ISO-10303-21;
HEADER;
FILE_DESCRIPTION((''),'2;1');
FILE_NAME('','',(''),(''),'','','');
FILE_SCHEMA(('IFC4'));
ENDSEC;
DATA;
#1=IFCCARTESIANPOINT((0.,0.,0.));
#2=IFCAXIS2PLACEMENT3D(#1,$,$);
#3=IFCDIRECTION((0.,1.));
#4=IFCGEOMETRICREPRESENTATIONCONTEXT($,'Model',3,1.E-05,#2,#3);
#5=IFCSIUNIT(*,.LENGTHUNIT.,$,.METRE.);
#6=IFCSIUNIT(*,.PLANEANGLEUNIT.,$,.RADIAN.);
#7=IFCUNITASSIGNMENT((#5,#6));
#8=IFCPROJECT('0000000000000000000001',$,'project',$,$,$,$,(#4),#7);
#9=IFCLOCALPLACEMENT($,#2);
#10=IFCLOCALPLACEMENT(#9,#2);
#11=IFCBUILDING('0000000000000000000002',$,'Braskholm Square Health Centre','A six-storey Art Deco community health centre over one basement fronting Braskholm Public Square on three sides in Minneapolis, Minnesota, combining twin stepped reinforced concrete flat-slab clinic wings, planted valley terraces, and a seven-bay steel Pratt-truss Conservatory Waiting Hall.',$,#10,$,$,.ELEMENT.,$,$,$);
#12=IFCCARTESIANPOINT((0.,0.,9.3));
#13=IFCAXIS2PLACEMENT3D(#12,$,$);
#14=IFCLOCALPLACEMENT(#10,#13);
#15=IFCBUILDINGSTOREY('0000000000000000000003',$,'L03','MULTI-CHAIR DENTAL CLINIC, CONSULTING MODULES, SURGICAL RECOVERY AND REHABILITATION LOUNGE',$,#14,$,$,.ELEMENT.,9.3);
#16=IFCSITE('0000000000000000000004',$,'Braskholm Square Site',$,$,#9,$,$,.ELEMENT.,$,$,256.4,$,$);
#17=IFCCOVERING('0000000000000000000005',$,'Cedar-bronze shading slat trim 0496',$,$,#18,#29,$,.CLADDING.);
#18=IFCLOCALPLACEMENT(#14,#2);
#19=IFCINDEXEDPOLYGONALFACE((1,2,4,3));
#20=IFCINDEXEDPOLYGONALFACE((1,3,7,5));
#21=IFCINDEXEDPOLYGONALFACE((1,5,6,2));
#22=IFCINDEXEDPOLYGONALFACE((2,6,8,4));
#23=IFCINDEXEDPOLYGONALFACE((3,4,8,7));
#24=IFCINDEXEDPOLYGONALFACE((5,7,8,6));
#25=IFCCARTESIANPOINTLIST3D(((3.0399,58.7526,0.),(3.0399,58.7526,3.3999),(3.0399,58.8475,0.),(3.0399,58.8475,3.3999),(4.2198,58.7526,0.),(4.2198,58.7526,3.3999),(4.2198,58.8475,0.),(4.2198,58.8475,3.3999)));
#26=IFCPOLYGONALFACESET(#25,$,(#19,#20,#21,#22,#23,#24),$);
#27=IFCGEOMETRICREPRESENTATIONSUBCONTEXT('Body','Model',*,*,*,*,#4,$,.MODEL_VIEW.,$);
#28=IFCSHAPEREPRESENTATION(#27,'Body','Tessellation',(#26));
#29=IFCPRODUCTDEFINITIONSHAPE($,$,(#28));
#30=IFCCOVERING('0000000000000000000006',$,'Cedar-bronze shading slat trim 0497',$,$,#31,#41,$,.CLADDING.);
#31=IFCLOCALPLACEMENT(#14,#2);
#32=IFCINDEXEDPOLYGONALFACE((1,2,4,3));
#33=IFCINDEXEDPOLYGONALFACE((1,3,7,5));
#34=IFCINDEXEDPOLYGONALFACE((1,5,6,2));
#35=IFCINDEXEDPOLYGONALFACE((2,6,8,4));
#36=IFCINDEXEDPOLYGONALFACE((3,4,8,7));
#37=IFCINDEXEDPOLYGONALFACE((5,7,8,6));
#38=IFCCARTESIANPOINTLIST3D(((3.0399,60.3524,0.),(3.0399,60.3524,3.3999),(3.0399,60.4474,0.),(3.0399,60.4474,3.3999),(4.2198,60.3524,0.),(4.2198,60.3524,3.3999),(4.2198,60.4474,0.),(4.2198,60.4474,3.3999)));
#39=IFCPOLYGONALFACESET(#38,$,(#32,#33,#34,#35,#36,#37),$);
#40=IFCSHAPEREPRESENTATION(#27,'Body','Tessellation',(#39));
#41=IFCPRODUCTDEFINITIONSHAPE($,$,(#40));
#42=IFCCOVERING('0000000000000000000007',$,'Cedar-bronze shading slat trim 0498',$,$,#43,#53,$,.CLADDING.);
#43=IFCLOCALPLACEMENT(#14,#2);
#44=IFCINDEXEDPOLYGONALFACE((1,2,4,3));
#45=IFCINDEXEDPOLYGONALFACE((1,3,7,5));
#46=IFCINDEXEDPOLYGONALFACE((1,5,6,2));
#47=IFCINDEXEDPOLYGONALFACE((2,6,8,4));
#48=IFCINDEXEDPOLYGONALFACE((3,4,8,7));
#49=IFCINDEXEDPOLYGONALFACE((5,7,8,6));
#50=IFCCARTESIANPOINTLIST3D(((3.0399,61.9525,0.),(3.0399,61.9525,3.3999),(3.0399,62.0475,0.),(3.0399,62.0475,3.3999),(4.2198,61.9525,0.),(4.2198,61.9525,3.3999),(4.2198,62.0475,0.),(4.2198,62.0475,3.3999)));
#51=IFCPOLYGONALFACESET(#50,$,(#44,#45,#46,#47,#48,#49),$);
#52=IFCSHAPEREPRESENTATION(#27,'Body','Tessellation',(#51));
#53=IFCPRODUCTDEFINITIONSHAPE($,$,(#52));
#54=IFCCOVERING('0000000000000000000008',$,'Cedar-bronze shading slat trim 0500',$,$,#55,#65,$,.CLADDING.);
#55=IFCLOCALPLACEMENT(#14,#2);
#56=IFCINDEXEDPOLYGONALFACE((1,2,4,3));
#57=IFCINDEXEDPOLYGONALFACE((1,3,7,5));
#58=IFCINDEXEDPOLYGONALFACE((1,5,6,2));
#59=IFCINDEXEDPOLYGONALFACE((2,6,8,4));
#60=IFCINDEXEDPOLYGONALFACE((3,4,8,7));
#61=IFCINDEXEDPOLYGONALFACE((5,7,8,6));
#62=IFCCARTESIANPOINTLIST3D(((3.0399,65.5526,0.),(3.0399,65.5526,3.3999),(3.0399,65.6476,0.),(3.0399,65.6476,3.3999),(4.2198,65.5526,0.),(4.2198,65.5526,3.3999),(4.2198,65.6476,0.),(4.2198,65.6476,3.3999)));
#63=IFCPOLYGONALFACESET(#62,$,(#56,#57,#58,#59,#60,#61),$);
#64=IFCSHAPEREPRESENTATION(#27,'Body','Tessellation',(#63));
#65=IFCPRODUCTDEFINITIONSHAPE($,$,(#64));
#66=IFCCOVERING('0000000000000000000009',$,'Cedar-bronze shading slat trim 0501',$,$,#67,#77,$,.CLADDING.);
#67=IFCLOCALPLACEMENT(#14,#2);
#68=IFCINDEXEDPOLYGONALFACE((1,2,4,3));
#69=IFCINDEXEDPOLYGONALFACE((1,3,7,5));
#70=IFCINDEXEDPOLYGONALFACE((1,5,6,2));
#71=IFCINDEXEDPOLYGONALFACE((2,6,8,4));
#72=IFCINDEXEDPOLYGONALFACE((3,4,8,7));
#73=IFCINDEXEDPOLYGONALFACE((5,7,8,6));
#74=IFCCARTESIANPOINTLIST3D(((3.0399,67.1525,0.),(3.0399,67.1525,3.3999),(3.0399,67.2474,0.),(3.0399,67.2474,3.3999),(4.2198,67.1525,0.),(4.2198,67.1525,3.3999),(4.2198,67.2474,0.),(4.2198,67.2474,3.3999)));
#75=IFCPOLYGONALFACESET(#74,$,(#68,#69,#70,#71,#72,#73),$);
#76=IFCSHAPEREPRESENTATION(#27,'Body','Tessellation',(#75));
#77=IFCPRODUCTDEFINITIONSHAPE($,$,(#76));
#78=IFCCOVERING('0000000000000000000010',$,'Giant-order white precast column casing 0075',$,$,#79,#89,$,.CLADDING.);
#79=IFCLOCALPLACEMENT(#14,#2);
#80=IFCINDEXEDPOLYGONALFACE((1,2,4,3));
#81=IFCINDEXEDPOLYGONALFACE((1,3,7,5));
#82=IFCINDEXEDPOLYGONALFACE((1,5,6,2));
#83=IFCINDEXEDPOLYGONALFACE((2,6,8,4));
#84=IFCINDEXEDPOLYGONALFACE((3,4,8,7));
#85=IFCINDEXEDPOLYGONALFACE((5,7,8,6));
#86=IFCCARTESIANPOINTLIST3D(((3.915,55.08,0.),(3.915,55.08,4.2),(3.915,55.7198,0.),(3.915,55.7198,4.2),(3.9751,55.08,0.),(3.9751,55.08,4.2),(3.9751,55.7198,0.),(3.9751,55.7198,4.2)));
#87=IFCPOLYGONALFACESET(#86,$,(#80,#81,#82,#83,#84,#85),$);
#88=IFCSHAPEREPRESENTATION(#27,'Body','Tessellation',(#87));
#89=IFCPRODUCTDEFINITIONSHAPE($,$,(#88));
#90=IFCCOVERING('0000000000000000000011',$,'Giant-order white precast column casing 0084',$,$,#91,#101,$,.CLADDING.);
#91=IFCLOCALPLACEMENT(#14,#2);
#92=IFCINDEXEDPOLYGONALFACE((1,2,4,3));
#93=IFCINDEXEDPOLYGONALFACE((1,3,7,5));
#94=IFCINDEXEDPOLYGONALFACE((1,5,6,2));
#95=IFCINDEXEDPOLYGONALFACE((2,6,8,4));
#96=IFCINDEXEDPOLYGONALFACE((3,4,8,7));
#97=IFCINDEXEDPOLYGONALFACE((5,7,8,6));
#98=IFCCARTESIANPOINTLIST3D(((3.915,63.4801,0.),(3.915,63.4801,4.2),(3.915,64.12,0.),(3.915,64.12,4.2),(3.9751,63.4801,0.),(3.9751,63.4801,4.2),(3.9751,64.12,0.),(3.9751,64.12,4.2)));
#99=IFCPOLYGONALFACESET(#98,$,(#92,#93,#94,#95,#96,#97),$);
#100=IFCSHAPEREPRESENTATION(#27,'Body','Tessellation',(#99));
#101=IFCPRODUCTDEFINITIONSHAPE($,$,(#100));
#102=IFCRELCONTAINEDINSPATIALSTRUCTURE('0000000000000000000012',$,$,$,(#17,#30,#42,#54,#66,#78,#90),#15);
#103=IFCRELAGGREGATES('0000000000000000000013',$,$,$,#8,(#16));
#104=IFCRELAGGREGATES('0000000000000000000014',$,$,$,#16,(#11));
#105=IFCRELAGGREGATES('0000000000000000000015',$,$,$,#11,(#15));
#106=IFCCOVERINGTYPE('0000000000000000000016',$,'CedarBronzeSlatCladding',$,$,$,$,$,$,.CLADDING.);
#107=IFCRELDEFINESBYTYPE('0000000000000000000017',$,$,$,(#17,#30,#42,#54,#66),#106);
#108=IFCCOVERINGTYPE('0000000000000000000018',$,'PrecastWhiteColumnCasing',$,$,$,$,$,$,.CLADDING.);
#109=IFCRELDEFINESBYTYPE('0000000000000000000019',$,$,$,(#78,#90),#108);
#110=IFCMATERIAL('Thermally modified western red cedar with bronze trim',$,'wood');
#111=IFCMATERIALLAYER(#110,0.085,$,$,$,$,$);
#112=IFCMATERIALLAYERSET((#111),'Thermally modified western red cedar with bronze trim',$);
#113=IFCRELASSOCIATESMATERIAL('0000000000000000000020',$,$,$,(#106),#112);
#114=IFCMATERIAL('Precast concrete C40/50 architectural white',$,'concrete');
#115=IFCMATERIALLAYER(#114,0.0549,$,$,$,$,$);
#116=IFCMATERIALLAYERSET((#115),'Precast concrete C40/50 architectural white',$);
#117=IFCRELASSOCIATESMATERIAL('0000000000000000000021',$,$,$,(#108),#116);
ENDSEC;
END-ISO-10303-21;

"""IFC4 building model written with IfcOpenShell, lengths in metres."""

from ifc_helpers import new_model, si_unit, direction, frame, origin, origin_2d, place, context, subcontext, project, spatial, rectangle, extrude, material, layer, layer_set, type_object, element, save


model = new_model("IFC4")

# Units and contexts
model_context = context("Model", 3, precision=1e-05, world=origin(), true_north=direction((0.0, 1.0)))
body_context = subcontext(model_context, "Body", "Model", "MODEL_VIEW")
ifc_project = project(units=[si_unit("LENGTHUNIT", "METRE"), si_unit("PLANEANGLEUNIT", "RADIAN")], contexts=[model_context])

# Site, building, storey
site_placement = place(None, origin())
site = spatial("IfcSite", under=ifc_project, at=site_placement, Name="Braskholm Square Site", CompositionType="ELEMENT", RefElevation=256.4)
building_placement = place(site_placement, origin())
building = spatial("IfcBuilding", under=site, at=building_placement, Name="Braskholm Square Health Centre", Description="A six-storey Art Deco community health centre over one basement fronting Braskholm Public Square on three sides in Minneapolis, Minnesota, combining twin stepped reinforced concrete flat-slab clinic wings, planted valley terraces, and a seven-bay steel Pratt-truss Conservatory Waiting Hall.", CompositionType="ELEMENT")
storey_placement = place(building_placement, frame((0.0, 0.0, 9.3)))
storey = spatial("IfcBuildingStorey", under=building, at=storey_placement, Name="L03", Description="MULTI-CHAIR DENTAL CLINIC, CONSULTING MODULES, SURGICAL RECOVERY AND REHABILITATION LOUNGE", CompositionType="ELEMENT", Elevation=9.3)

# Shared definitions
ifc_material_1 = material(Name="Precast concrete C40/50 architectural white", Category="concrete")

# Shared definitions
ifc_material_2 = material(Name="Thermally modified western red cedar with bronze trim", Category="wood")

# Coverings
ifc_layer_1 = layer(ifc_material_2, 0.085)
ifc_layer_set_1 = layer_set([ifc_layer_1], Name="Thermally modified western red cedar with bronze trim")
covering_type_1 = type_object("IfcCoveringType", Name="CedarBronzeSlatCladding", PredefinedType="CLADDING", material=ifc_layer_set_1)
for number, where, z_axis, x_axis, name in (
    (1, (3.6299, 58.8, 0.0), (0.0, 0.0, 1.0), (1.0, 0.0, 0.0), "Cedar-bronze shading slat trim 0496"),
    (2, (3.6299, 60.3999, 0.0), (0.0, 0.0, 1.0), (1.0, 0.0, 0.0), "Cedar-bronze shading slat trim 0497"),
    (3, (3.6299, 62.0, 0.0), (0.0, 0.0, 1.0), (1.0, 0.0, 0.0), "Cedar-bronze shading slat trim 0498"),
    (4, (3.6299, 65.6001, 0.0), (0.0, 0.0, 1.0), (1.0, 0.0, 0.0), "Cedar-bronze shading slat trim 0500"),
    (5, (3.6299, 67.2, 0.0), (0.0, 0.0, 1.0), (1.0, 0.0, 0.0), "Cedar-bronze shading slat trim 0501"),
):
    element("IfcCovering", number, at=place(storey_placement, frame(where, z_axis=z_axis, x_axis=x_axis)), inside=storey, type_object=covering_type_1, Name=name, PredefinedType="CLADDING", context=body_context, shape_type="SweptSolid", body=[
        extrude(rectangle(XDim=1.1799, YDim=0.095, at=origin_2d()), origin(), (0.0, 0.0, 1.0), 3.3999),
    ])
ifc_layer_2 = layer(ifc_material_1, 0.0549)
ifc_layer_set_2 = layer_set([ifc_layer_2], Name="Precast concrete C40/50 architectural white")
covering_type_2 = type_object("IfcCoveringType", Name="PrecastWhiteColumnCasing", PredefinedType="CLADDING", material=ifc_layer_set_2)
for number, where, z_axis, x_axis, name in (
    (6, (3.9451, 55.3999, 0.0), (0.0, 0.0, 1.0), (1.0, 0.0, 0.0), "Giant-order white precast column casing 0075"),
    (7, (3.9451, 63.8, 0.0), (0.0, 0.0, 1.0), (1.0, 0.0, 0.0), "Giant-order white precast column casing 0084"),
):
    element("IfcCovering", number, at=place(storey_placement, frame(where, z_axis=z_axis, x_axis=x_axis)), inside=storey, type_object=covering_type_2, Name=name, PredefinedType="CLADDING", context=body_context, shape_type="SweptSolid", body=[
        extrude(rectangle(XDim=0.0601, YDim=0.6399, at=origin_2d()), origin(), (0.0, 0.0, 1.0), 4.2),
    ])

save(model, "model.ifc")
